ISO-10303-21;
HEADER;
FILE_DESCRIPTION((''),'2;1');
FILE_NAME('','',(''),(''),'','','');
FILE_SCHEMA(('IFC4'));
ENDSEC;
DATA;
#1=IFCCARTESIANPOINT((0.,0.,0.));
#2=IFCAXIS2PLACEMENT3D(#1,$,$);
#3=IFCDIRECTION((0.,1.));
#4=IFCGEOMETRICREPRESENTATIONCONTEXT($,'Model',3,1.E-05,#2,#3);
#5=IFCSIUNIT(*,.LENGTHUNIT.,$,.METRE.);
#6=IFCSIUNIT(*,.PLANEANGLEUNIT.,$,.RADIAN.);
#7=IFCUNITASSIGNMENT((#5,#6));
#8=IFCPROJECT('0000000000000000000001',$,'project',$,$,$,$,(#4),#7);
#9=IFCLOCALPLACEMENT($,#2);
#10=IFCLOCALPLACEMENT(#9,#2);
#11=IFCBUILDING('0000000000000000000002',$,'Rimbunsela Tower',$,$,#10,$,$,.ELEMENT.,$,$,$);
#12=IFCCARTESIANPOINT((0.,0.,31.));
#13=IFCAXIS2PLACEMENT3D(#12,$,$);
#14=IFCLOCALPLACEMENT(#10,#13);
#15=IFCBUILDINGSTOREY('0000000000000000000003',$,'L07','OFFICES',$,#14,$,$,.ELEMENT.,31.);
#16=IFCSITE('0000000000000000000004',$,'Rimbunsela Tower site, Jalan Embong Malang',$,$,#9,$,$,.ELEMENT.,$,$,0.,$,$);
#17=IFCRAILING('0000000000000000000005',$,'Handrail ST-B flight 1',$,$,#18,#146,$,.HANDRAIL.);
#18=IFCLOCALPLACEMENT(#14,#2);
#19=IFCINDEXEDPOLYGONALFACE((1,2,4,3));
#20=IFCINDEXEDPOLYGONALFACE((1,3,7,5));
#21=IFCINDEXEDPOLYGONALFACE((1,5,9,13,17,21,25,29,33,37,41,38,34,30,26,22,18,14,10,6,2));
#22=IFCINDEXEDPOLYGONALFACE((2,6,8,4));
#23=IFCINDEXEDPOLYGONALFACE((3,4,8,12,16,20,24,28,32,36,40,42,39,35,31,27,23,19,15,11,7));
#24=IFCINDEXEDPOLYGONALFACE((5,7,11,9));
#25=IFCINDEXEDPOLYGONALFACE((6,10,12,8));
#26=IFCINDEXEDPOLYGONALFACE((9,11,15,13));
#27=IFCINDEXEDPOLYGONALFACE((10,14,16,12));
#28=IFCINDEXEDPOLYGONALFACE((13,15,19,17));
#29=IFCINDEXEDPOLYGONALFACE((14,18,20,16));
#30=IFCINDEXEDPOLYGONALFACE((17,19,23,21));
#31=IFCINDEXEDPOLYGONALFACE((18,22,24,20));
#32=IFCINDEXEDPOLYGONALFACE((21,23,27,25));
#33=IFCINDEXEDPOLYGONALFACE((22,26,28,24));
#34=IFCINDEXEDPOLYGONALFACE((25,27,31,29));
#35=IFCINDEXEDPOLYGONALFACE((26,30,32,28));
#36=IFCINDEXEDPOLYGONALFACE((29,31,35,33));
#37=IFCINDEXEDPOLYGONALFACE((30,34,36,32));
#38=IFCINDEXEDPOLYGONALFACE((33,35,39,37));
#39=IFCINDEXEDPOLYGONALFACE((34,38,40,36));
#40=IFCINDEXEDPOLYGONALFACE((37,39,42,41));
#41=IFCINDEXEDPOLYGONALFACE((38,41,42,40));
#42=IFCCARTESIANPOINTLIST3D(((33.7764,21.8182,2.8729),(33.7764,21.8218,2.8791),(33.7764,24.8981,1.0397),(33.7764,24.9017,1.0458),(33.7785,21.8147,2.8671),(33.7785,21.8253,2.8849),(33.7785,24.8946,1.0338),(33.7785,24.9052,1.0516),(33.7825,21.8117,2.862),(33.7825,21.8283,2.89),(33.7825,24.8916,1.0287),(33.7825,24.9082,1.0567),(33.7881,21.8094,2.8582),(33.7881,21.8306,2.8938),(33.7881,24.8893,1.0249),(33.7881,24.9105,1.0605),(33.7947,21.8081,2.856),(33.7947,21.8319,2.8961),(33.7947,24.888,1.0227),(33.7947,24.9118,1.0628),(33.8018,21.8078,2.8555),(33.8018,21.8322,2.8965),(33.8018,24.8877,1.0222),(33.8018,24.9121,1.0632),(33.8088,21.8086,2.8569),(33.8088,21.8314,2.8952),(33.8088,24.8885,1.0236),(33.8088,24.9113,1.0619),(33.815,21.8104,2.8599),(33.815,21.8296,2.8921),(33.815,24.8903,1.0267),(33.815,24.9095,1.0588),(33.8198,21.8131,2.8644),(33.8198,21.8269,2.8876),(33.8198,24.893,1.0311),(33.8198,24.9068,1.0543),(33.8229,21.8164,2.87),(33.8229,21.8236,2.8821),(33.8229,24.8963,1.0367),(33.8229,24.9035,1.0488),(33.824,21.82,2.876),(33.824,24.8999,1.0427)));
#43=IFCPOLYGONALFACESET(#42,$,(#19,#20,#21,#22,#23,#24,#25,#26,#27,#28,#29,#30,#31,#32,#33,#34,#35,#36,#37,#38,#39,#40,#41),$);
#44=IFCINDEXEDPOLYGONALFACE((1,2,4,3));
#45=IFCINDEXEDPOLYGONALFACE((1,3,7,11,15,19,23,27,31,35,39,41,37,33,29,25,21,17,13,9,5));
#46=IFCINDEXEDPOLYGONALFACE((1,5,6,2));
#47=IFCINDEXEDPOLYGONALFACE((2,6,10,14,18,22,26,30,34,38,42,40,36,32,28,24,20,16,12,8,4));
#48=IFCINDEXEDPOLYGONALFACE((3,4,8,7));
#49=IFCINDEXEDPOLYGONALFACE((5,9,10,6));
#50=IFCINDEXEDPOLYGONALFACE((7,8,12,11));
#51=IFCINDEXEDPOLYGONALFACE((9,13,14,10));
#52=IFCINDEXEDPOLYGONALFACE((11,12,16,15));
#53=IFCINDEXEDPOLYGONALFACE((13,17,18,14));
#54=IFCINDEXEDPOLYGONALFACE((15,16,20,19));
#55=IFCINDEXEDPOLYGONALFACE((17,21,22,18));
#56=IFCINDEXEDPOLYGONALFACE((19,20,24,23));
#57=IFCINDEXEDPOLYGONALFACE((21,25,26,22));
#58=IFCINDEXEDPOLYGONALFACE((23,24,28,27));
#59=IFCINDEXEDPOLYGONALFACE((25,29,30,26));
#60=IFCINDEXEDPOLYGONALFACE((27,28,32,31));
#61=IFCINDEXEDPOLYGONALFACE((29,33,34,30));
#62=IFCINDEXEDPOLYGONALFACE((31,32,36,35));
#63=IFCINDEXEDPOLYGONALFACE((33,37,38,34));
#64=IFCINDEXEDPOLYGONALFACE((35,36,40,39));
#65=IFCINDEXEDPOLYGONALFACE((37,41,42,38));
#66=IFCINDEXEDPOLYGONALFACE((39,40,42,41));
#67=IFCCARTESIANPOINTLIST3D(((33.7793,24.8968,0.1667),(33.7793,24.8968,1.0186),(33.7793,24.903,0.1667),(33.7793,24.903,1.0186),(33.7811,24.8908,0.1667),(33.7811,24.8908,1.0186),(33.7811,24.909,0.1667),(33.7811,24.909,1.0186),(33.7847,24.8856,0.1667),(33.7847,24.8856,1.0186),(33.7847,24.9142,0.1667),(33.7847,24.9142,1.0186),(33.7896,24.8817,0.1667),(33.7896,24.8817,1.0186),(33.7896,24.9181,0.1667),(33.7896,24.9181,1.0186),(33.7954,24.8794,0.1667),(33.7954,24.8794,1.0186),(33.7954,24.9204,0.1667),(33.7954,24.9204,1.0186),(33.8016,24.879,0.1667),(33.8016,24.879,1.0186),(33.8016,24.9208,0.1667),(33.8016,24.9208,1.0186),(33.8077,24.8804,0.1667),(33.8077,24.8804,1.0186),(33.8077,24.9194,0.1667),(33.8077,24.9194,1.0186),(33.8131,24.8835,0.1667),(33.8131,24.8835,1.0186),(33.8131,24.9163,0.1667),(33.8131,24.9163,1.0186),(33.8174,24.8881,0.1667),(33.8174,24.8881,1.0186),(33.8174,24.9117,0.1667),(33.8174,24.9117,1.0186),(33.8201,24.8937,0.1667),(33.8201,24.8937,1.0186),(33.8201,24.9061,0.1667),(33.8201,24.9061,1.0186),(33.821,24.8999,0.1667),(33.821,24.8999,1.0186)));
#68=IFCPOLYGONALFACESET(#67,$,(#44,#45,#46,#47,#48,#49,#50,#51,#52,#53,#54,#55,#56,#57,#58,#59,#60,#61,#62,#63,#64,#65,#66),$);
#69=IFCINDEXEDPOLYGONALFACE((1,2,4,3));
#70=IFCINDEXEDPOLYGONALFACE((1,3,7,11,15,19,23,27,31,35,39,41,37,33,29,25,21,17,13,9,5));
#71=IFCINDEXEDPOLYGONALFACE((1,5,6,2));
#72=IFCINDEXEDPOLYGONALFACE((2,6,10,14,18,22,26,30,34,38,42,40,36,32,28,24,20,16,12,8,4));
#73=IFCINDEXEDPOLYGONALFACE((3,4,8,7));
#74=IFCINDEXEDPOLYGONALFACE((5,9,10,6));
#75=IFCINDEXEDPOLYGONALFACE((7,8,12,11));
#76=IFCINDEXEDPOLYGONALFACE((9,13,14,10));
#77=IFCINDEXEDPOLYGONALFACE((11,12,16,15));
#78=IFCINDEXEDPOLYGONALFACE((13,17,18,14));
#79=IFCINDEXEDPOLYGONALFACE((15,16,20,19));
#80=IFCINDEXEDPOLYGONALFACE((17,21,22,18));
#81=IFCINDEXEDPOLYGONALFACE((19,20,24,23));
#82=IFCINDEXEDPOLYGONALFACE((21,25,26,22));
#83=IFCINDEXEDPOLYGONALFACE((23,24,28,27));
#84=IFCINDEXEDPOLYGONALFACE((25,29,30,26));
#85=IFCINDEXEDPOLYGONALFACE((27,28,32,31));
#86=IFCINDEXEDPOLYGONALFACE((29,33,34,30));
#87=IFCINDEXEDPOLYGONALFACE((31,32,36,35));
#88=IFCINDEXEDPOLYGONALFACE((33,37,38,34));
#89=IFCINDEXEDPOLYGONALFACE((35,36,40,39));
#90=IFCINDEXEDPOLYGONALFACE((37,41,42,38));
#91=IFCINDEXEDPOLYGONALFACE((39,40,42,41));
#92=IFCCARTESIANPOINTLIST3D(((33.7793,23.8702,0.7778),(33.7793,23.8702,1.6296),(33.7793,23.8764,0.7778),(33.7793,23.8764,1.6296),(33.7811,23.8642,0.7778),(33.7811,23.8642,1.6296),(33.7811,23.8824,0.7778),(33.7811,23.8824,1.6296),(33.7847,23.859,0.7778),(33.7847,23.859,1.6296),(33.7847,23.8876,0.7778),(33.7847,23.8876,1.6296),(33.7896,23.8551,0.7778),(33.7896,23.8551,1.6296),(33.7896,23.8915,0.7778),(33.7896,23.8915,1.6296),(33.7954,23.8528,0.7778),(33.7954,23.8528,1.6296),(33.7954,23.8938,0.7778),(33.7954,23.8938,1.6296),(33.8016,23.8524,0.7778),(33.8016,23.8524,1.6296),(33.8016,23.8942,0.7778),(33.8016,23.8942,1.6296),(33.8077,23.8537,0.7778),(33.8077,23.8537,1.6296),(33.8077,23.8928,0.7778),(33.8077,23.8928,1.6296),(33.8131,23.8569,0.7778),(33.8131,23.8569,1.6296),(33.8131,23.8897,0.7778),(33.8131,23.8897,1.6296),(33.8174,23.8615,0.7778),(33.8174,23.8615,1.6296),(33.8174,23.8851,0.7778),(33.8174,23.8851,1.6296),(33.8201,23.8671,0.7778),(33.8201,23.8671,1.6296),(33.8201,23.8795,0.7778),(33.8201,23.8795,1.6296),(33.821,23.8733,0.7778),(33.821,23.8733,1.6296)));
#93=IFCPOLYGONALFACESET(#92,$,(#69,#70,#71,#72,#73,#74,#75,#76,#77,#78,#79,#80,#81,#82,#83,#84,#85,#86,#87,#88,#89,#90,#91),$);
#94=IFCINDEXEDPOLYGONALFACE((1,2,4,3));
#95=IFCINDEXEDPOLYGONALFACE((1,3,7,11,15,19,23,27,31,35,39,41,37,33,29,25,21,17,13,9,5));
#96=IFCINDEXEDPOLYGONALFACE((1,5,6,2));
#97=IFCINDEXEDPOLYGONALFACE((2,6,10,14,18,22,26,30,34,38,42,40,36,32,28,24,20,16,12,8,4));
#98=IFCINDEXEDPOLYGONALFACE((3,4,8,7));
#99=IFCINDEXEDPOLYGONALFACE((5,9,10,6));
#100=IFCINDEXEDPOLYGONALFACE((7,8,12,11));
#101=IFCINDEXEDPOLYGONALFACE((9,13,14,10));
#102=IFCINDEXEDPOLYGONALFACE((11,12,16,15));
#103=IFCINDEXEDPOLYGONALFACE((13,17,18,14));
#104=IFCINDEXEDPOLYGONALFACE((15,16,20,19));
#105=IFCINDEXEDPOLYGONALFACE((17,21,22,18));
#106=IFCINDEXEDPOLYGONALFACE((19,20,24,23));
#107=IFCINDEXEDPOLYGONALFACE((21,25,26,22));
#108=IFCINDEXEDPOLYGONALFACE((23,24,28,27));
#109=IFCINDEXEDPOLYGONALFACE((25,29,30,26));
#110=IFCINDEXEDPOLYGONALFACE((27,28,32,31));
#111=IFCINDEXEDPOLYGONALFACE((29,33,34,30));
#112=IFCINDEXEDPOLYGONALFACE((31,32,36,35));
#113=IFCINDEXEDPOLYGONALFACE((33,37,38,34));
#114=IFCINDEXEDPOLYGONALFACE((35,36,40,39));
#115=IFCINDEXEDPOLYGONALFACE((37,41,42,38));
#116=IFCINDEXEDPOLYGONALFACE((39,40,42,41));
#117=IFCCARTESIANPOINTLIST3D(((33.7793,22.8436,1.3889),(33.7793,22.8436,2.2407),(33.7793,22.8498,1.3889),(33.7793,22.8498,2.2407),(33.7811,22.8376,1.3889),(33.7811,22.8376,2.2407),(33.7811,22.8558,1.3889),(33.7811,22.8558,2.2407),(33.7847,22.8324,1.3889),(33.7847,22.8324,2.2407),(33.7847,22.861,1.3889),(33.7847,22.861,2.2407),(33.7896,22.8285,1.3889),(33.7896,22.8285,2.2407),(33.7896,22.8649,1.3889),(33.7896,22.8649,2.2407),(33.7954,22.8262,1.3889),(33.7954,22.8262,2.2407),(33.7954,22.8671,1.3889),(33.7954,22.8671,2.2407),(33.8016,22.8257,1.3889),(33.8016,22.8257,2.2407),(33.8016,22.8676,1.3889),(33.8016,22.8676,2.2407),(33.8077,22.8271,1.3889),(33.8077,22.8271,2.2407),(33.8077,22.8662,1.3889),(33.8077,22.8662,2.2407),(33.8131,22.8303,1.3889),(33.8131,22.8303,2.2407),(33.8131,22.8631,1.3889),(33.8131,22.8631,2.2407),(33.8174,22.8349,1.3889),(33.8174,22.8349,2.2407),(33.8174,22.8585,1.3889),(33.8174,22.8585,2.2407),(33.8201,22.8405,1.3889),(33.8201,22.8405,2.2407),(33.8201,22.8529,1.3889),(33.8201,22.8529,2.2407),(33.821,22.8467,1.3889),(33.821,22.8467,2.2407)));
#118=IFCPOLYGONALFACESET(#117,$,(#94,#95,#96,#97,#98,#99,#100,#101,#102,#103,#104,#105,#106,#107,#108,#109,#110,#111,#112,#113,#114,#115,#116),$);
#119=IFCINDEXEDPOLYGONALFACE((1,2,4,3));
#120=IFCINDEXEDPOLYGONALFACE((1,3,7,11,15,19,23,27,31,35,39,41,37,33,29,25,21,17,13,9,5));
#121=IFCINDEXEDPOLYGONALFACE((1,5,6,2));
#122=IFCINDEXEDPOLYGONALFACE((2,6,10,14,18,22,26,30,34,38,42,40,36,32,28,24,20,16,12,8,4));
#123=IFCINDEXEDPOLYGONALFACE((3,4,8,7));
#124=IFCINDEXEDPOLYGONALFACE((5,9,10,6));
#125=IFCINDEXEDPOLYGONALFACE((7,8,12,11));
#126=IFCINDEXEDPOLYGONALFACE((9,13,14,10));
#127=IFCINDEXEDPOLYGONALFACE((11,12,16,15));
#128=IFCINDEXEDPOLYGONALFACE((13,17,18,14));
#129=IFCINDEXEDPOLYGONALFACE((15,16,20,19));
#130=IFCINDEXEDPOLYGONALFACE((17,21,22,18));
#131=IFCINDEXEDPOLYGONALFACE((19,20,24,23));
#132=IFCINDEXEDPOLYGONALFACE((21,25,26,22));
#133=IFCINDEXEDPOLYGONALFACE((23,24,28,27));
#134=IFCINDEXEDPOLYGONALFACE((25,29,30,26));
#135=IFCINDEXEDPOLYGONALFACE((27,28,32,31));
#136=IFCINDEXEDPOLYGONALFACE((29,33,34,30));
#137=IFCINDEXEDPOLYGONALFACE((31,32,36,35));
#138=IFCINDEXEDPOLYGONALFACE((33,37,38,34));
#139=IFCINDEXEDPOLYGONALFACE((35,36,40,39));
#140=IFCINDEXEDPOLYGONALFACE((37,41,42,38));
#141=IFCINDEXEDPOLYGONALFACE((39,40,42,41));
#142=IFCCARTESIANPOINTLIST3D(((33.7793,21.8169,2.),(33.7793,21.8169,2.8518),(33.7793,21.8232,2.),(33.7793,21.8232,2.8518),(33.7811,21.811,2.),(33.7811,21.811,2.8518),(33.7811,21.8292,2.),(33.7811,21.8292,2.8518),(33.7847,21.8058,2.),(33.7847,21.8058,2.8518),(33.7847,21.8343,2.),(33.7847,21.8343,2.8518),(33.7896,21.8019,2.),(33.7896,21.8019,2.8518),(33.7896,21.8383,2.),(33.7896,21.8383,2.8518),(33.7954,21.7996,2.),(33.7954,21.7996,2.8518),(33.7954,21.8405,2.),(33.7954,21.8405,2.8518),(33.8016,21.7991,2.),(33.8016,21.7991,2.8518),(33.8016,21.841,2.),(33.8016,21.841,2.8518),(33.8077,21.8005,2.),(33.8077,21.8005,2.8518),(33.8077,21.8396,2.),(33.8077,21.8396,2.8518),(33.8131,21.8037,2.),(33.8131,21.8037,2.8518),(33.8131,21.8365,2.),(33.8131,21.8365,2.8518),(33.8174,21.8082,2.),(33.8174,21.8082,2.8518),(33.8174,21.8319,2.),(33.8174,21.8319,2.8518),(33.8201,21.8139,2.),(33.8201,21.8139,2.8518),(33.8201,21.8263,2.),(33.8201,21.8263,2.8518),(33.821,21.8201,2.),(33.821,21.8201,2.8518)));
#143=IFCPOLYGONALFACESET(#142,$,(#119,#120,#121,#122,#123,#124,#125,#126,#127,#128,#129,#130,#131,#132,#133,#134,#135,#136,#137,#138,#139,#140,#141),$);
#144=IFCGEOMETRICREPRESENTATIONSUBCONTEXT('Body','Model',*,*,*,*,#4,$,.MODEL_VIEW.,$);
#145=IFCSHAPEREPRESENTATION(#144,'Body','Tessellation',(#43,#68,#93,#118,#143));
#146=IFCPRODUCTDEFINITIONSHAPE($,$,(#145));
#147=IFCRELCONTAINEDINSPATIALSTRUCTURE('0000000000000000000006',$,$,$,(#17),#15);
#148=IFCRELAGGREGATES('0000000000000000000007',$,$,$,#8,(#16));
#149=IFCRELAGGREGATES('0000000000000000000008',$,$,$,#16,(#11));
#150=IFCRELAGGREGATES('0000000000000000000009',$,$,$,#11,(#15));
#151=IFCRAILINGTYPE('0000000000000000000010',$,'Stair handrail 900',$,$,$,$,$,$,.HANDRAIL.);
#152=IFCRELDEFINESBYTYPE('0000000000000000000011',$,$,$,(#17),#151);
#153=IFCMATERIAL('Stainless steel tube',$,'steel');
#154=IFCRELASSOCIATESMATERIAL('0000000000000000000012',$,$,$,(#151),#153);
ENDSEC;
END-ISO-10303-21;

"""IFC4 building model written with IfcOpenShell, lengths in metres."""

from ifc_helpers import new_model, si_unit, direction, frame, origin, origin_2d, place, context, subcontext, project, spatial, circle, extrude, material, type_object, element, save


model = new_model("IFC4")

# Units and contexts
model_context = context("Model", 3, precision=1e-05, world=origin(), true_north=direction((0.0, 1.0)))
body_context = subcontext(model_context, "Body", "Model", "MODEL_VIEW")
ifc_project = project(units=[si_unit("LENGTHUNIT", "METRE"), si_unit("PLANEANGLEUNIT", "RADIAN")], contexts=[model_context])

# Site, building, storey
site_placement = place(None, origin())
site = spatial("IfcSite", under=ifc_project, at=site_placement, Name="Rimbunsela Tower site, Jalan Embong Malang", CompositionType="ELEMENT", RefElevation=0.0)
building_placement = place(site_placement, origin())
building = spatial("IfcBuilding", under=site, at=building_placement, Name="Rimbunsela Tower", CompositionType="ELEMENT")
storey_placement = place(building_placement, frame((0.0, 0.0, 31.0)))
storey = spatial("IfcBuildingStorey", under=building, at=storey_placement, Name="L07", Description="OFFICES", CompositionType="ELEMENT", Elevation=31.0)

# Railing
ifc_material_1 = material(Name="Stainless steel tube", Category="steel")
railing_type = type_object("IfcRailingType", Name="Stair handrail 900", PredefinedType="HANDRAIL", material=ifc_material_1)
railing_1_placement = place(storey_placement, frame((33.8, 24.8999, 0.1667)))
element("IfcRailing", 1, at=railing_1_placement, inside=storey, type_object=railing_type, Name="Handrail ST-B flight 1", PredefinedType="HANDRAIL", context=body_context, shape_type="SweptSolid", body=[
    extrude(circle(Radius=0.0239, at=origin_2d()), frame((0.0, 0.0, 0.876), z_axis=(0.0, -0.859291, 0.511487), x_axis=(1.0, 0.0, 0.0)), (0.0, 0.0, 1.0), 3.5842),
    extrude(circle(Radius=0.021, at=origin_2d()), origin(), (0.0, 0.0, 1.0), 0.8518),
    extrude(circle(Radius=0.021, at=origin_2d()), frame((0.0, -1.0266, 0.6111)), (0.0, 0.0, 1.0), 0.8518),
    extrude(circle(Radius=0.021, at=origin_2d()), frame((0.0, -2.0532, 1.2222)), (0.0, 0.0, 1.0), 0.8518),
    extrude(circle(Radius=0.021, at=origin_2d()), frame((0.0, -3.0798, 1.8333)), (0.0, 0.0, 1.0), 0.8518),
])

save(model, "model.ifc")
